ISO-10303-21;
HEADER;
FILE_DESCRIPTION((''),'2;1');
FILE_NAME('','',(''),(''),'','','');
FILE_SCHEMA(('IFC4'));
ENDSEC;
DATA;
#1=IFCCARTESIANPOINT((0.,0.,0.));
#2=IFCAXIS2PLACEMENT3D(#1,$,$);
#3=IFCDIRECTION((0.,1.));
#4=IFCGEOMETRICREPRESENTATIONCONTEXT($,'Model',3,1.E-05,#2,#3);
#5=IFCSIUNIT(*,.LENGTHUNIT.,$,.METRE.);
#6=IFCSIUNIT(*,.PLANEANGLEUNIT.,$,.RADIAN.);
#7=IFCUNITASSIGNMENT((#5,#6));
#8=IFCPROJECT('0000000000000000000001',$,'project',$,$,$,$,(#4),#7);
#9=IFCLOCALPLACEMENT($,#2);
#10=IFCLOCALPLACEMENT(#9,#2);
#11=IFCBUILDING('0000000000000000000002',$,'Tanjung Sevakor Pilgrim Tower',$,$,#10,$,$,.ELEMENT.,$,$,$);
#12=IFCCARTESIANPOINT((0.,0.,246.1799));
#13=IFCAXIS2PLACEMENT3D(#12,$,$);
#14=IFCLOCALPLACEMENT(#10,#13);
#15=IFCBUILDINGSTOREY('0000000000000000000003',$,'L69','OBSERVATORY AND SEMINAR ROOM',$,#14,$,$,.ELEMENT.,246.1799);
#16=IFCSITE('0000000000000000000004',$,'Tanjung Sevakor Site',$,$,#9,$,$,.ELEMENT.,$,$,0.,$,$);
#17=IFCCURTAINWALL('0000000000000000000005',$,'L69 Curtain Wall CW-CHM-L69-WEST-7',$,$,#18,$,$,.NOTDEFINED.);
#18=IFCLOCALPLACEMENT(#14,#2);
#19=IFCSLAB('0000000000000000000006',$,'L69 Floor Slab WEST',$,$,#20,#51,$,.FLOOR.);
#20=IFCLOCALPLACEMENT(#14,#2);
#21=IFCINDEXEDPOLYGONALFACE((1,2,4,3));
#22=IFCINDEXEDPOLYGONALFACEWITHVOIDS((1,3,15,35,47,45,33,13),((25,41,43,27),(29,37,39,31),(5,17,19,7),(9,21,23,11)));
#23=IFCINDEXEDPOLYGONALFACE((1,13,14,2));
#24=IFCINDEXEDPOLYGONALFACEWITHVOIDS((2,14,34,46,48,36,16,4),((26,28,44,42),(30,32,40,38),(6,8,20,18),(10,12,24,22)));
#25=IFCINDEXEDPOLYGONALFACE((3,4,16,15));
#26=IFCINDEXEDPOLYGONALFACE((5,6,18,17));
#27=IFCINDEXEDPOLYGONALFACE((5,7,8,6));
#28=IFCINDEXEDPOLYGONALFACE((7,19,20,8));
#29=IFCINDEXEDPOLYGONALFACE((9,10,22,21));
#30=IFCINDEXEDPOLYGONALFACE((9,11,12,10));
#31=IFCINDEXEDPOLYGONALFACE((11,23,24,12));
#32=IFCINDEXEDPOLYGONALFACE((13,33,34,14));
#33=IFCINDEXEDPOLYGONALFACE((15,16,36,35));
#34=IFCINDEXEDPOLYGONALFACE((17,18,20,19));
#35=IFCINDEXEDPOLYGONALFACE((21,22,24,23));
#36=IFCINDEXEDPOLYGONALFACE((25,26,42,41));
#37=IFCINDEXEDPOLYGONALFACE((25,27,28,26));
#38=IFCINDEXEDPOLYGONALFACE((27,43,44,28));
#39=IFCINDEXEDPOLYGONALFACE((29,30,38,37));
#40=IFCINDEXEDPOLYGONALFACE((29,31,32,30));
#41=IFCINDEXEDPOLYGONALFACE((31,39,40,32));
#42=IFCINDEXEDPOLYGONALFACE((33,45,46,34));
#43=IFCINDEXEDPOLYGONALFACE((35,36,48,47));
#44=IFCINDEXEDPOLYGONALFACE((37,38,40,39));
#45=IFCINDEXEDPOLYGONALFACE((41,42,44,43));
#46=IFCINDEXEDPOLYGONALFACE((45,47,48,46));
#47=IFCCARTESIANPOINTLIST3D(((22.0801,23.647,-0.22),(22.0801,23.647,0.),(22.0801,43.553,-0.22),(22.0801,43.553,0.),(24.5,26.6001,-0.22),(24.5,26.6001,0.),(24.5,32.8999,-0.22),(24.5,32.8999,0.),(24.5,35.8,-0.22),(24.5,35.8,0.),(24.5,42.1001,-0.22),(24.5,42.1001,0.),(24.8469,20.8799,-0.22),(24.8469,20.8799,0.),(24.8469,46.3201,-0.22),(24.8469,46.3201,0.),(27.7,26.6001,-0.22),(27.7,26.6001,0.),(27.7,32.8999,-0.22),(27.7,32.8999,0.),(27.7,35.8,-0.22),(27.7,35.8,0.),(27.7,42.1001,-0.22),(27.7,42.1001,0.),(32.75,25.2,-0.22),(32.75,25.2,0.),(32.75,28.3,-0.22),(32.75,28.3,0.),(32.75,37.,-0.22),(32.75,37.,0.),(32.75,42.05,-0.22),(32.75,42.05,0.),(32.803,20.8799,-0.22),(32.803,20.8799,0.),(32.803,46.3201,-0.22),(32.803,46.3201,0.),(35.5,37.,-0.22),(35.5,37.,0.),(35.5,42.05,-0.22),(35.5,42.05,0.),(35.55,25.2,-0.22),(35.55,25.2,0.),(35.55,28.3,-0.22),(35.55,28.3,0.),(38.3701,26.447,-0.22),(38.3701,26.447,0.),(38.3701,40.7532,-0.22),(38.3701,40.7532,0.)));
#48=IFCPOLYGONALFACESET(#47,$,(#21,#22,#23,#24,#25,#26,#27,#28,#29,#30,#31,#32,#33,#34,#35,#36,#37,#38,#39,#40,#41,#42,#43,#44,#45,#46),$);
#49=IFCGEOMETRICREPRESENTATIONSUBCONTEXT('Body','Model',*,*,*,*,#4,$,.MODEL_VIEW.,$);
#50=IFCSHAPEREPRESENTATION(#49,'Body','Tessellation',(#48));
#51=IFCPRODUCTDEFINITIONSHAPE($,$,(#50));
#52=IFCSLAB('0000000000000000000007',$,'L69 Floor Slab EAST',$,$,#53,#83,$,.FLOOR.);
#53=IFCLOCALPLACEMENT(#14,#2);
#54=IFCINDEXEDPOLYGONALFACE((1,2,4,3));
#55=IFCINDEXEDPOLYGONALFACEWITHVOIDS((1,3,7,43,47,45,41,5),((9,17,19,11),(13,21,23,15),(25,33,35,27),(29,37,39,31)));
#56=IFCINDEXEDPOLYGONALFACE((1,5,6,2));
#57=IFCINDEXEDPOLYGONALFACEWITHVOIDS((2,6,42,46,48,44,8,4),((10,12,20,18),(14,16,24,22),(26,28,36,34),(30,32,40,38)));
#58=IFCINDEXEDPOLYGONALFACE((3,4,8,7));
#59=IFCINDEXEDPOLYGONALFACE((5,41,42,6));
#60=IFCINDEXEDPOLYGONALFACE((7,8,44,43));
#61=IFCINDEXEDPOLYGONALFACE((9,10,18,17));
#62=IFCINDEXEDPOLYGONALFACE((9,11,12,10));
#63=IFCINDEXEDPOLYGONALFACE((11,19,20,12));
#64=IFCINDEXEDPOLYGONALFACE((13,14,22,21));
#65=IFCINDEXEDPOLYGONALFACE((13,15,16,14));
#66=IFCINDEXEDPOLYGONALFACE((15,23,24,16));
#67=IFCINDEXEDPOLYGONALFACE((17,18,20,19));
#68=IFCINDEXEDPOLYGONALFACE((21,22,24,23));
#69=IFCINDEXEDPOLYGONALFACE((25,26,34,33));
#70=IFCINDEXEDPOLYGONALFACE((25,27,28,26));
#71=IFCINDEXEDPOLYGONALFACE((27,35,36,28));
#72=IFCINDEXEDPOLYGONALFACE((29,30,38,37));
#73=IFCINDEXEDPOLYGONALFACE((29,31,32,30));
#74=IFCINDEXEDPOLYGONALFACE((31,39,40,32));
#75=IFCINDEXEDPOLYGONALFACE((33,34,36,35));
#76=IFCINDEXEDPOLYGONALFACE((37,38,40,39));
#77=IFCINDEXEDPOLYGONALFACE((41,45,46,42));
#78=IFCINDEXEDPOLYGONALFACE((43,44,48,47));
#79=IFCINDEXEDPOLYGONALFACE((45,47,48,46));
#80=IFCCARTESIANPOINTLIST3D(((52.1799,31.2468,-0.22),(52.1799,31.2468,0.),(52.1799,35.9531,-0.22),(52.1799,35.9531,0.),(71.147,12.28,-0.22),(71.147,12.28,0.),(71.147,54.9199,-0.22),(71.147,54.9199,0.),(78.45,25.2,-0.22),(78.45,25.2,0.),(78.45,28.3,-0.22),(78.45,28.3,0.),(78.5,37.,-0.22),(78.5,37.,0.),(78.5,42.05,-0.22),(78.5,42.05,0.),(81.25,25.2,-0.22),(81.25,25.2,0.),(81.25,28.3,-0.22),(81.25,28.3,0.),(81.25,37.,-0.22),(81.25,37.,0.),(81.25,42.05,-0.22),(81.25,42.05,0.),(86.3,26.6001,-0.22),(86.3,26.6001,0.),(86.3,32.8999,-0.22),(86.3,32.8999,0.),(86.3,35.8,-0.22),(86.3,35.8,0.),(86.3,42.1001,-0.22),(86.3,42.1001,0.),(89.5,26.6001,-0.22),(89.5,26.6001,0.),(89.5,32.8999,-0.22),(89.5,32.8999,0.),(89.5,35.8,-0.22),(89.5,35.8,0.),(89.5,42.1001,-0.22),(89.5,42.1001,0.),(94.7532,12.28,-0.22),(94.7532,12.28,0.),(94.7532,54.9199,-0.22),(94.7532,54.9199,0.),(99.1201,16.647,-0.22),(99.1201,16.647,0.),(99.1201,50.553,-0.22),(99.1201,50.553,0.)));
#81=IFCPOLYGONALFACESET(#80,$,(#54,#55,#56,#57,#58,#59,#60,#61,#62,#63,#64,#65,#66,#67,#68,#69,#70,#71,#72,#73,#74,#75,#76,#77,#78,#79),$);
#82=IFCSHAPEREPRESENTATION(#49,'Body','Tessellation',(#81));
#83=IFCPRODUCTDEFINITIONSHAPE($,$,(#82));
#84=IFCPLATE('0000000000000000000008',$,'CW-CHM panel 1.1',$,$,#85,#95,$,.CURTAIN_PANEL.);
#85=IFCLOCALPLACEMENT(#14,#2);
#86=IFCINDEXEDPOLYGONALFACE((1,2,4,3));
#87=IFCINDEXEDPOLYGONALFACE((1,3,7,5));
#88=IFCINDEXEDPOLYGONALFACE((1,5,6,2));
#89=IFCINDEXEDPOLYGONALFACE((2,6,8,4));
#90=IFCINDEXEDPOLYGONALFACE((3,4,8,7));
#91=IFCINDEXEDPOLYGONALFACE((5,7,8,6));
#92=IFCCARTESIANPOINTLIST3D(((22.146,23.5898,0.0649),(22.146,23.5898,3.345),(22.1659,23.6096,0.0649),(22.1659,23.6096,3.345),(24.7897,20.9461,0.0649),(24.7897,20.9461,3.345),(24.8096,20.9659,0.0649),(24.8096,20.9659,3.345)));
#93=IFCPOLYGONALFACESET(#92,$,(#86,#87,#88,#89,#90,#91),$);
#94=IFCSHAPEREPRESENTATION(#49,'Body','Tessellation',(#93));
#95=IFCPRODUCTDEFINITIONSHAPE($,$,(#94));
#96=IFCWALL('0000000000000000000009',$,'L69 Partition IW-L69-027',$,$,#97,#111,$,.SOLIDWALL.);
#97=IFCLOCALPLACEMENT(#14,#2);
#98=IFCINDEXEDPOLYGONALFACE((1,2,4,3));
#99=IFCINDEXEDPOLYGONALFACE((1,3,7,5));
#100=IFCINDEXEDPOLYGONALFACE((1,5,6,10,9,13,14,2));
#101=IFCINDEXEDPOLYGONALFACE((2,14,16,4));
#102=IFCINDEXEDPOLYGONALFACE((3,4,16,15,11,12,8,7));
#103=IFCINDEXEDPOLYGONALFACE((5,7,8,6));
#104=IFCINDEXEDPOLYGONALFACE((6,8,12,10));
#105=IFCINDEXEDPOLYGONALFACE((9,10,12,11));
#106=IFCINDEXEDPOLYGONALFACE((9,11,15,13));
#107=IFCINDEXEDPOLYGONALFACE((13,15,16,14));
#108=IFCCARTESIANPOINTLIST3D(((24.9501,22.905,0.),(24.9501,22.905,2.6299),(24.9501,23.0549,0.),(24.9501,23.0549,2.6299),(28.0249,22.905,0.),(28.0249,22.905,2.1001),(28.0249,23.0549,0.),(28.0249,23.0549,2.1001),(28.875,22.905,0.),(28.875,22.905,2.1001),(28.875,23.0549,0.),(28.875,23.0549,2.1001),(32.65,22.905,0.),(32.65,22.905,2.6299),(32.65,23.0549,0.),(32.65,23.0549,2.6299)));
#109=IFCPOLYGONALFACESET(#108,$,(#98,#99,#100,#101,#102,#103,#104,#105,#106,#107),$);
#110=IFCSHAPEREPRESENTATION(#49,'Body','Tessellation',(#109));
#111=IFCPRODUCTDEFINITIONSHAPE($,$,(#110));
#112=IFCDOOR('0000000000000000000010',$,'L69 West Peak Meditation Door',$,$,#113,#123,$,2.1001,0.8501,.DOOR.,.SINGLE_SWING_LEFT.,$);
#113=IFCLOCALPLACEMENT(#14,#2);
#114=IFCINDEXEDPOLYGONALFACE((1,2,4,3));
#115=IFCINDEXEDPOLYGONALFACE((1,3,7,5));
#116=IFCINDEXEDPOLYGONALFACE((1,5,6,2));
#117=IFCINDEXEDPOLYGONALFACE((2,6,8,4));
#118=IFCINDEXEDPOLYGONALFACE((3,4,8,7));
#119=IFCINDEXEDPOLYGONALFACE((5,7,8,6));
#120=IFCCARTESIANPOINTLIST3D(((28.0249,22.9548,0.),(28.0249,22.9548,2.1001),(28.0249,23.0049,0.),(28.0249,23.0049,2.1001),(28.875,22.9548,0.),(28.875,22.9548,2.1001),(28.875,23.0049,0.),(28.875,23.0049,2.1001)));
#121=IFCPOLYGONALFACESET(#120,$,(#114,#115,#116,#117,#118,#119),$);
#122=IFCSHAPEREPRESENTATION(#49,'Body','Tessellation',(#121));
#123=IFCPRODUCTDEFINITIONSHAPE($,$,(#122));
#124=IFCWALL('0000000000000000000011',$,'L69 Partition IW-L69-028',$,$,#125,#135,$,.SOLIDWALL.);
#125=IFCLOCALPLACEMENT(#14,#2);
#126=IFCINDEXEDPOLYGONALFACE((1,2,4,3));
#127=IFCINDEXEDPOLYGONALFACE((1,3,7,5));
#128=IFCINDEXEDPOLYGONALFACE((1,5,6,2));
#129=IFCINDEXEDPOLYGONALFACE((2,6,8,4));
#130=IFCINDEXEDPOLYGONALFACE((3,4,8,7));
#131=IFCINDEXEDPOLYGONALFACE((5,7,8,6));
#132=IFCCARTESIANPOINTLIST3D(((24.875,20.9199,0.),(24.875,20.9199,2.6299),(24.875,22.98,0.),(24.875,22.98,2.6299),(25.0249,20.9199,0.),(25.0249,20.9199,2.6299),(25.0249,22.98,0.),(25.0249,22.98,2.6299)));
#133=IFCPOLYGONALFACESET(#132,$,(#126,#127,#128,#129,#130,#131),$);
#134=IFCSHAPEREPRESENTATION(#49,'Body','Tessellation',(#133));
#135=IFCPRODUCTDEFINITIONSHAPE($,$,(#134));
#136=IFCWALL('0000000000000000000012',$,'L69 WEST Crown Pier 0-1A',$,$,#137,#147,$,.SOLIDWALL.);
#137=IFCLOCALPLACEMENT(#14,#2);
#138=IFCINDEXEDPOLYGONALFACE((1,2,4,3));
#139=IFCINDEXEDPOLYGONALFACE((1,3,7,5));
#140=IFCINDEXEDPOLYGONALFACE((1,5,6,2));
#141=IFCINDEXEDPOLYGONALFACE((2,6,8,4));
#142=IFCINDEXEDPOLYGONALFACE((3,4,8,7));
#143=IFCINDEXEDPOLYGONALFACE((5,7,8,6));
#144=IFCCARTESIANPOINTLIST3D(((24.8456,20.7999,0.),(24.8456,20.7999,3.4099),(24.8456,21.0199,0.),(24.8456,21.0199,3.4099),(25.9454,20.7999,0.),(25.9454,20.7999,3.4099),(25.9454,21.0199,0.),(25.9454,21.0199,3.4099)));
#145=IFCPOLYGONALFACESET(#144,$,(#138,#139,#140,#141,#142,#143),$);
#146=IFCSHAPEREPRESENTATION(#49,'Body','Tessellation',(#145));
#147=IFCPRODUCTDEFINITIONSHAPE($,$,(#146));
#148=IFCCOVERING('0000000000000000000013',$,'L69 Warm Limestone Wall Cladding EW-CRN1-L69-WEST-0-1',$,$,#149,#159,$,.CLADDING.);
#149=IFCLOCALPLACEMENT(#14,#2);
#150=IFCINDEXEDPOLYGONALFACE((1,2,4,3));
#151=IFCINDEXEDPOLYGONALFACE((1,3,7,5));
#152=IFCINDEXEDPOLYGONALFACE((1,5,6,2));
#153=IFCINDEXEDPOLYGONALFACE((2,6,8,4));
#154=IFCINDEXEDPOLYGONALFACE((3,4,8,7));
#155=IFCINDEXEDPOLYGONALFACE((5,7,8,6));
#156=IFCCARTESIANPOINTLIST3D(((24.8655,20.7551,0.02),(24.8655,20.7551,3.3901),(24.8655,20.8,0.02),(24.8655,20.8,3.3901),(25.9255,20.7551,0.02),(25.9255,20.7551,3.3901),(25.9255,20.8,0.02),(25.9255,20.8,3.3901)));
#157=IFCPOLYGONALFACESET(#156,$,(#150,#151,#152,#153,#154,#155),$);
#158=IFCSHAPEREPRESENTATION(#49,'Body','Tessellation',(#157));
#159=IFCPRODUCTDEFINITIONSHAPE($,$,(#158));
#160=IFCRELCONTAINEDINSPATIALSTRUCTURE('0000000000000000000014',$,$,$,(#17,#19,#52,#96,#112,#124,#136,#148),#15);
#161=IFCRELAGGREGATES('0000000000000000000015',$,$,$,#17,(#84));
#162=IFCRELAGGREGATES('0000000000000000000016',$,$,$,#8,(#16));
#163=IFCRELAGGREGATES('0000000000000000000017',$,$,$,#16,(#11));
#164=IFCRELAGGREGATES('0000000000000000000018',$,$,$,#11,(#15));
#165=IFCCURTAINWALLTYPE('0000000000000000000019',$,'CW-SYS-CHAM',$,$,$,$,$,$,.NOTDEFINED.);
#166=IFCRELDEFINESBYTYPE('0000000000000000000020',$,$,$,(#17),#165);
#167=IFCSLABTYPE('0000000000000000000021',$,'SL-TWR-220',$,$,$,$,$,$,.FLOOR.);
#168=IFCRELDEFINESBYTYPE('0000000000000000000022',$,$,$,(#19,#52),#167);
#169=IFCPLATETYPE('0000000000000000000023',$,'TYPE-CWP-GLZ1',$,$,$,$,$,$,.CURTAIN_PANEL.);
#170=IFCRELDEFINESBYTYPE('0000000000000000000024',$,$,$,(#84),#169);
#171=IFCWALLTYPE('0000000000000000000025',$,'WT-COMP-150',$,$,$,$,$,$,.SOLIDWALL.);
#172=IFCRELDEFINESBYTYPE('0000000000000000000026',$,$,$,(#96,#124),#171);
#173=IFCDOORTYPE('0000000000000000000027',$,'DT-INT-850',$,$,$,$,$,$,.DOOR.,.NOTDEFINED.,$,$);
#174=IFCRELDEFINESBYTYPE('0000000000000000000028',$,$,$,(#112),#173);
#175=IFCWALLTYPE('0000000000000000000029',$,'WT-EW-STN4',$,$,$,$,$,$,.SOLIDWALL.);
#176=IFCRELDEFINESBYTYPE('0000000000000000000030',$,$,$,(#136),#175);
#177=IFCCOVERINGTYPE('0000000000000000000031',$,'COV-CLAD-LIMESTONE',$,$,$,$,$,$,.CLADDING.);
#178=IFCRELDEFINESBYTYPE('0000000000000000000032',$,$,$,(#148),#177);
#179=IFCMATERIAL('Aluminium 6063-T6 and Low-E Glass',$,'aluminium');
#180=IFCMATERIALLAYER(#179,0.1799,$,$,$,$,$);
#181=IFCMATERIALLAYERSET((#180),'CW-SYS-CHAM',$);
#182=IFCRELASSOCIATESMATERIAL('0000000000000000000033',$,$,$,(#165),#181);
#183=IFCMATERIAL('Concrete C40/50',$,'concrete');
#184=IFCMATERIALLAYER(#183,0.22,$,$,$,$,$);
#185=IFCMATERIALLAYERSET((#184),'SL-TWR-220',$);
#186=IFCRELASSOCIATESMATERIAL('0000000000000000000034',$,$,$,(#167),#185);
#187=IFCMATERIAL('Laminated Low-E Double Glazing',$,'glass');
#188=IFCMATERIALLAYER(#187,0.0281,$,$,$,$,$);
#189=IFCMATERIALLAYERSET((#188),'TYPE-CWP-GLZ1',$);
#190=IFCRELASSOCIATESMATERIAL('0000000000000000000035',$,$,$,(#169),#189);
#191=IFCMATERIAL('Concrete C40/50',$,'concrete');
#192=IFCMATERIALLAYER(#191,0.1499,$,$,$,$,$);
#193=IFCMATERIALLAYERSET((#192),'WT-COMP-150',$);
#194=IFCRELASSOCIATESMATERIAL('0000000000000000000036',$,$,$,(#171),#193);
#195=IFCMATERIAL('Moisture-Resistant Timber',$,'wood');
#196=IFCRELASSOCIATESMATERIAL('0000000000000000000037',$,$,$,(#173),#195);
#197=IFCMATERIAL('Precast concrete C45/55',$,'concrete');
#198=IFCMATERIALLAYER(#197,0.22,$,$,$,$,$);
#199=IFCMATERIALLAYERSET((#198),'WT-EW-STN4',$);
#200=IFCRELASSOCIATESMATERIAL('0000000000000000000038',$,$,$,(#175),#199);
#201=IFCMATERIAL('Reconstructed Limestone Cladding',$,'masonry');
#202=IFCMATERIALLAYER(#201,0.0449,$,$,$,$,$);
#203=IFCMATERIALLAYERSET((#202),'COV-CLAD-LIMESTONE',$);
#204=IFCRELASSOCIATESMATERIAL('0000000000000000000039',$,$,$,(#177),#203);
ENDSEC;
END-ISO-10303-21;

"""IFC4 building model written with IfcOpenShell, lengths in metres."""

from ifc_helpers import new_model, si_unit, direction, frame, frame_2d, origin, origin_2d, place, context, subcontext, project, spatial, polyline, rectangle, outline, extrude, material, layer, layer_set, type_object, element, fill, aggregate, save


model = new_model("IFC4")

# Units and contexts
model_context = context("Model", 3, precision=1e-05, world=origin(), true_north=direction((0.0, 1.0)))
body_context = subcontext(model_context, "Body", "Model", "MODEL_VIEW")
ifc_project = project(units=[si_unit("LENGTHUNIT", "METRE"), si_unit("PLANEANGLEUNIT", "RADIAN")], contexts=[model_context])

# Site, building, storey
site_placement = place(None, origin())
site = spatial("IfcSite", under=ifc_project, at=site_placement, Name="Tanjung Sevakor Site", CompositionType="ELEMENT", RefElevation=0.0)
building_placement = place(site_placement, origin())
building = spatial("IfcBuilding", under=site, at=building_placement, Name="Tanjung Sevakor Pilgrim Tower", CompositionType="ELEMENT")
storey_placement = place(building_placement, frame((0.0, 0.0, 246.1799)))
storey = spatial("IfcBuildingStorey", under=building, at=storey_placement, Name="L69", Description="OBSERVATORY AND SEMINAR ROOM", CompositionType="ELEMENT", Elevation=246.1799)

# Curtain wall
ifc_material_1 = material(Name="Aluminium 6063-T6 and Low-E Glass", Category="aluminium")
ifc_layer_1 = layer(ifc_material_1, 0.1799)
ifc_layer_set_1 = layer_set([ifc_layer_1], Name="CW-SYS-CHAM")
curtain_wall_type_1 = type_object("IfcCurtainWallType", Name="CW-SYS-CHAM", PredefinedType="NOTDEFINED", material=ifc_layer_set_1)
curtain_wall_1_placement = place(storey_placement, origin())
curtain_wall_1 = element("IfcCurtainWall", 1, at=curtain_wall_1_placement, inside=storey, type_object=curtain_wall_type_1, Name="L69 Curtain Wall CW-CHM-L69-WEST-7", PredefinedType="NOTDEFINED")

# Slabs
ifc_material_2 = material(Name="Concrete C40/50", Category="concrete")
ifc_layer_2 = layer(ifc_material_2, 0.22)
ifc_layer_set_2 = layer_set([ifc_layer_2], Name="SL-TWR-220")
slab_type_1 = type_object("IfcSlabType", Name="SL-TWR-220", PredefinedType="FLOOR", material=ifc_layer_set_2)
slab_1_placement = place(storey_placement, frame((0.0, 0.0, -0.22)))
element("IfcSlab", 2, at=slab_1_placement, inside=storey, type_object=slab_type_1, Name="L69 Floor Slab WEST", PredefinedType="FLOOR", context=body_context, shape_type="SweptSolid", body=[
    extrude(outline(polyline([(24.8469, 20.8799), (32.803, 20.8799), (38.3701, 26.447), (38.3701, 40.7532), (32.803, 46.3201), (24.8469, 46.3201), (22.0801, 43.553), (22.0801, 23.647), (24.8469, 20.8799)]), holes=[polyline([(27.7, 26.6001), (27.7, 32.8999), (24.5, 32.8999), (24.5, 26.6001), (27.7, 26.6001)]), polyline([(27.7, 35.8), (27.7, 42.1001), (24.5, 42.1001), (24.5, 35.8), (27.7, 35.8)]), polyline([(32.75, 25.2), (35.55, 25.2), (35.55, 28.3), (32.75, 28.3), (32.75, 25.2)]), polyline([(32.75, 37.0), (35.5, 37.0), (35.5, 42.05), (32.75, 42.05), (32.75, 37.0)])]), origin(), (0.0, 0.0, 1.0), 0.22),
])
slab_2_placement = place(storey_placement, frame((0.0, 0.0, -0.22)))
element("IfcSlab", 3, at=slab_2_placement, inside=storey, type_object=slab_type_1, Name="L69 Floor Slab EAST", PredefinedType="FLOOR", context=body_context, shape_type="SweptSolid", body=[
    extrude(outline(polyline([(71.147, 12.28), (94.7532, 12.28), (99.1201, 16.647), (99.1201, 50.553), (94.7532, 54.9199), (71.147, 54.9199), (52.1799, 35.9531), (52.1799, 31.2468), (71.147, 12.28)]), holes=[polyline([(89.5, 26.6001), (89.5, 32.8999), (86.3, 32.8999), (86.3, 26.6001), (89.5, 26.6001)]), polyline([(89.5, 35.8), (89.5, 42.1001), (86.3, 42.1001), (86.3, 35.8), (89.5, 35.8)]), polyline([(78.45, 25.2), (81.25, 25.2), (81.25, 28.3), (78.45, 28.3), (78.45, 25.2)]), polyline([(78.5, 37.0), (81.25, 37.0), (81.25, 42.05), (78.5, 42.05), (78.5, 37.0)])]), origin(), (0.0, 0.0, 1.0), 0.22),
])

# Plate
ifc_material_3 = material(Name="Laminated Low-E Double Glazing", Category="glass")
ifc_layer_3 = layer(ifc_material_3, 0.0281)
ifc_layer_set_3 = layer_set([ifc_layer_3], Name="TYPE-CWP-GLZ1")
plate_type = type_object("IfcPlateType", Name="TYPE-CWP-GLZ1", PredefinedType="CURTAIN_PANEL", material=ifc_layer_set_3)
plate_placement = place(storey_placement, frame((23.4778, 22.2778, 0.0649), z_axis=(0.0, 0.0, 1.0), x_axis=(0.707107, -0.707107, 0.0)))
plate = element("IfcPlate", 4, at=plate_placement, type_object=plate_type, Name="CW-CHM panel 1.1", PredefinedType="CURTAIN_PANEL", context=body_context, shape_type="SweptSolid", body=[
    extrude(rectangle(XDim=3.7388, YDim=0.0281, at=origin_2d()), origin(), (0.0, 0.0, 1.0), 3.28),
])
aggregate(curtain_wall_1, [plate])

# Wall, opening, door
ifc_material_4 = material(Name="Concrete C40/50", Category="concrete")
ifc_layer_4 = layer(ifc_material_4, 0.1499)
ifc_layer_set_4 = layer_set([ifc_layer_4], Name="WT-COMP-150")
wall_type_1 = type_object("IfcWallType", Name="WT-COMP-150", PredefinedType="SOLIDWALL", material=ifc_layer_set_4)
wall_1_placement = place(storey_placement, frame((24.95, 22.98, 0.0), z_axis=(0.0, 0.0, 1.0), x_axis=(1.0, 0.0, 0.0)))
wall_1 = element("IfcWall", 5, at=wall_1_placement, inside=storey, type_object=wall_type_1, Name="L69 Partition IW-L69-027", PredefinedType="SOLIDWALL", context=body_context, shape_type="SweptSolid", body=[
    extrude(rectangle(XDim=7.7, YDim=0.1499, at=frame_2d((3.8501, 0.0))), origin(), (0.0, 0.0, 1.0), 2.6299),
])
opening_placement = place(wall_1_placement, frame((3.075, 0.0, 0.0)))
opening = element("IfcOpeningElement", 6, at=opening_placement, cuts=wall_1, PredefinedType="OPENING", context=body_context, shape_type="SweptSolid", body=[
    extrude(rectangle(XDim=0.8501, YDim=2.1001, at=frame_2d((0.425, 1.05))), frame((0.0, 0.085, 0.0), z_axis=(0.0, -1.0, 0.0), x_axis=(1.0, 0.0, 0.0)), (0.0, 0.0, 1.0), 0.1699),
])
ifc_material_5 = material(Name="Moisture-Resistant Timber", Category="wood")
door_type = type_object("IfcDoorType", Name="DT-INT-850", OperationType="NOTDEFINED", PredefinedType="DOOR", material=ifc_material_5)
door_placement = place(opening_placement, origin())
door = element("IfcDoor", 7, at=door_placement, inside=storey, type_object=door_type, Name="L69 West Peak Meditation Door", OperationType="SINGLE_SWING_LEFT", OverallHeight=2.1001, OverallWidth=0.8501, PredefinedType="DOOR", context=body_context, shape_type="SweptSolid", body=[
    extrude(rectangle(XDim=0.8501, YDim=2.1001, at=frame_2d((0.425, 1.05))), frame((0.0, 0.0249, 0.0), z_axis=(0.0, -1.0, 0.0), x_axis=(1.0, 0.0, 0.0)), (0.0, 0.0, 1.0), 0.05),
])
fill(opening, door)

# Walls
wall_2_placement = place(storey_placement, frame((24.95, 20.9199, 0.0), z_axis=(0.0, 0.0, 1.0), x_axis=(0.0, 1.0, 0.0)))
element("IfcWall", 8, at=wall_2_placement, inside=storey, type_object=wall_type_1, Name="L69 Partition IW-L69-028", PredefinedType="SOLIDWALL", context=body_context, shape_type="SweptSolid", body=[
    extrude(rectangle(XDim=2.0601, YDim=0.1499, at=frame_2d((1.03, 0.0))), origin(), (0.0, 0.0, 1.0), 2.6299),
])
ifc_material_6 = material(Name="Precast concrete C45/55", Category="concrete")
ifc_layer_5 = layer(ifc_material_6, 0.22)
ifc_layer_set_5 = layer_set([ifc_layer_5], Name="WT-EW-STN4")
wall_type_2 = type_object("IfcWallType", Name="WT-EW-STN4", PredefinedType="SOLIDWALL", material=ifc_layer_set_5)
wall_3_placement = place(storey_placement, frame((24.8457, 20.9099, 0.0), z_axis=(0.0, 0.0, 1.0), x_axis=(1.0, 0.0, 0.0)))
element("IfcWall", 9, at=wall_3_placement, inside=storey, type_object=wall_type_2, Name="L69 WEST Crown Pier 0-1A", PredefinedType="SOLIDWALL", context=body_context, shape_type="SweptSolid", body=[
    extrude(rectangle(XDim=1.0999, YDim=0.22, at=frame_2d((0.5498, 0.0))), origin(), (0.0, 0.0, 1.0), 3.4099),
])

# Covering
ifc_material_7 = material(Name="Reconstructed Limestone Cladding", Category="masonry")
ifc_layer_6 = layer(ifc_material_7, 0.0449)
ifc_layer_set_6 = layer_set([ifc_layer_6], Name="COV-CLAD-LIMESTONE")
covering_type = type_object("IfcCoveringType", Name="COV-CLAD-LIMESTONE", PredefinedType="CLADDING", material=ifc_layer_set_6)
covering_placement = place(storey_placement, frame((25.3955, 20.7776, 0.02), z_axis=(0.0, 0.0, 1.0), x_axis=(1.0, 0.0, 0.0)))
element("IfcCovering", 10, at=covering_placement, inside=storey, type_object=covering_type, Name="L69 Warm Limestone Wall Cladding EW-CRN1-L69-WEST-0-1", PredefinedType="CLADDING", context=body_context, shape_type="SweptSolid", body=[
    extrude(rectangle(XDim=1.0601, YDim=0.0449, at=origin_2d()), origin(), (0.0, 0.0, 1.0), 3.3701),
])

save(model, "model.ifc")
